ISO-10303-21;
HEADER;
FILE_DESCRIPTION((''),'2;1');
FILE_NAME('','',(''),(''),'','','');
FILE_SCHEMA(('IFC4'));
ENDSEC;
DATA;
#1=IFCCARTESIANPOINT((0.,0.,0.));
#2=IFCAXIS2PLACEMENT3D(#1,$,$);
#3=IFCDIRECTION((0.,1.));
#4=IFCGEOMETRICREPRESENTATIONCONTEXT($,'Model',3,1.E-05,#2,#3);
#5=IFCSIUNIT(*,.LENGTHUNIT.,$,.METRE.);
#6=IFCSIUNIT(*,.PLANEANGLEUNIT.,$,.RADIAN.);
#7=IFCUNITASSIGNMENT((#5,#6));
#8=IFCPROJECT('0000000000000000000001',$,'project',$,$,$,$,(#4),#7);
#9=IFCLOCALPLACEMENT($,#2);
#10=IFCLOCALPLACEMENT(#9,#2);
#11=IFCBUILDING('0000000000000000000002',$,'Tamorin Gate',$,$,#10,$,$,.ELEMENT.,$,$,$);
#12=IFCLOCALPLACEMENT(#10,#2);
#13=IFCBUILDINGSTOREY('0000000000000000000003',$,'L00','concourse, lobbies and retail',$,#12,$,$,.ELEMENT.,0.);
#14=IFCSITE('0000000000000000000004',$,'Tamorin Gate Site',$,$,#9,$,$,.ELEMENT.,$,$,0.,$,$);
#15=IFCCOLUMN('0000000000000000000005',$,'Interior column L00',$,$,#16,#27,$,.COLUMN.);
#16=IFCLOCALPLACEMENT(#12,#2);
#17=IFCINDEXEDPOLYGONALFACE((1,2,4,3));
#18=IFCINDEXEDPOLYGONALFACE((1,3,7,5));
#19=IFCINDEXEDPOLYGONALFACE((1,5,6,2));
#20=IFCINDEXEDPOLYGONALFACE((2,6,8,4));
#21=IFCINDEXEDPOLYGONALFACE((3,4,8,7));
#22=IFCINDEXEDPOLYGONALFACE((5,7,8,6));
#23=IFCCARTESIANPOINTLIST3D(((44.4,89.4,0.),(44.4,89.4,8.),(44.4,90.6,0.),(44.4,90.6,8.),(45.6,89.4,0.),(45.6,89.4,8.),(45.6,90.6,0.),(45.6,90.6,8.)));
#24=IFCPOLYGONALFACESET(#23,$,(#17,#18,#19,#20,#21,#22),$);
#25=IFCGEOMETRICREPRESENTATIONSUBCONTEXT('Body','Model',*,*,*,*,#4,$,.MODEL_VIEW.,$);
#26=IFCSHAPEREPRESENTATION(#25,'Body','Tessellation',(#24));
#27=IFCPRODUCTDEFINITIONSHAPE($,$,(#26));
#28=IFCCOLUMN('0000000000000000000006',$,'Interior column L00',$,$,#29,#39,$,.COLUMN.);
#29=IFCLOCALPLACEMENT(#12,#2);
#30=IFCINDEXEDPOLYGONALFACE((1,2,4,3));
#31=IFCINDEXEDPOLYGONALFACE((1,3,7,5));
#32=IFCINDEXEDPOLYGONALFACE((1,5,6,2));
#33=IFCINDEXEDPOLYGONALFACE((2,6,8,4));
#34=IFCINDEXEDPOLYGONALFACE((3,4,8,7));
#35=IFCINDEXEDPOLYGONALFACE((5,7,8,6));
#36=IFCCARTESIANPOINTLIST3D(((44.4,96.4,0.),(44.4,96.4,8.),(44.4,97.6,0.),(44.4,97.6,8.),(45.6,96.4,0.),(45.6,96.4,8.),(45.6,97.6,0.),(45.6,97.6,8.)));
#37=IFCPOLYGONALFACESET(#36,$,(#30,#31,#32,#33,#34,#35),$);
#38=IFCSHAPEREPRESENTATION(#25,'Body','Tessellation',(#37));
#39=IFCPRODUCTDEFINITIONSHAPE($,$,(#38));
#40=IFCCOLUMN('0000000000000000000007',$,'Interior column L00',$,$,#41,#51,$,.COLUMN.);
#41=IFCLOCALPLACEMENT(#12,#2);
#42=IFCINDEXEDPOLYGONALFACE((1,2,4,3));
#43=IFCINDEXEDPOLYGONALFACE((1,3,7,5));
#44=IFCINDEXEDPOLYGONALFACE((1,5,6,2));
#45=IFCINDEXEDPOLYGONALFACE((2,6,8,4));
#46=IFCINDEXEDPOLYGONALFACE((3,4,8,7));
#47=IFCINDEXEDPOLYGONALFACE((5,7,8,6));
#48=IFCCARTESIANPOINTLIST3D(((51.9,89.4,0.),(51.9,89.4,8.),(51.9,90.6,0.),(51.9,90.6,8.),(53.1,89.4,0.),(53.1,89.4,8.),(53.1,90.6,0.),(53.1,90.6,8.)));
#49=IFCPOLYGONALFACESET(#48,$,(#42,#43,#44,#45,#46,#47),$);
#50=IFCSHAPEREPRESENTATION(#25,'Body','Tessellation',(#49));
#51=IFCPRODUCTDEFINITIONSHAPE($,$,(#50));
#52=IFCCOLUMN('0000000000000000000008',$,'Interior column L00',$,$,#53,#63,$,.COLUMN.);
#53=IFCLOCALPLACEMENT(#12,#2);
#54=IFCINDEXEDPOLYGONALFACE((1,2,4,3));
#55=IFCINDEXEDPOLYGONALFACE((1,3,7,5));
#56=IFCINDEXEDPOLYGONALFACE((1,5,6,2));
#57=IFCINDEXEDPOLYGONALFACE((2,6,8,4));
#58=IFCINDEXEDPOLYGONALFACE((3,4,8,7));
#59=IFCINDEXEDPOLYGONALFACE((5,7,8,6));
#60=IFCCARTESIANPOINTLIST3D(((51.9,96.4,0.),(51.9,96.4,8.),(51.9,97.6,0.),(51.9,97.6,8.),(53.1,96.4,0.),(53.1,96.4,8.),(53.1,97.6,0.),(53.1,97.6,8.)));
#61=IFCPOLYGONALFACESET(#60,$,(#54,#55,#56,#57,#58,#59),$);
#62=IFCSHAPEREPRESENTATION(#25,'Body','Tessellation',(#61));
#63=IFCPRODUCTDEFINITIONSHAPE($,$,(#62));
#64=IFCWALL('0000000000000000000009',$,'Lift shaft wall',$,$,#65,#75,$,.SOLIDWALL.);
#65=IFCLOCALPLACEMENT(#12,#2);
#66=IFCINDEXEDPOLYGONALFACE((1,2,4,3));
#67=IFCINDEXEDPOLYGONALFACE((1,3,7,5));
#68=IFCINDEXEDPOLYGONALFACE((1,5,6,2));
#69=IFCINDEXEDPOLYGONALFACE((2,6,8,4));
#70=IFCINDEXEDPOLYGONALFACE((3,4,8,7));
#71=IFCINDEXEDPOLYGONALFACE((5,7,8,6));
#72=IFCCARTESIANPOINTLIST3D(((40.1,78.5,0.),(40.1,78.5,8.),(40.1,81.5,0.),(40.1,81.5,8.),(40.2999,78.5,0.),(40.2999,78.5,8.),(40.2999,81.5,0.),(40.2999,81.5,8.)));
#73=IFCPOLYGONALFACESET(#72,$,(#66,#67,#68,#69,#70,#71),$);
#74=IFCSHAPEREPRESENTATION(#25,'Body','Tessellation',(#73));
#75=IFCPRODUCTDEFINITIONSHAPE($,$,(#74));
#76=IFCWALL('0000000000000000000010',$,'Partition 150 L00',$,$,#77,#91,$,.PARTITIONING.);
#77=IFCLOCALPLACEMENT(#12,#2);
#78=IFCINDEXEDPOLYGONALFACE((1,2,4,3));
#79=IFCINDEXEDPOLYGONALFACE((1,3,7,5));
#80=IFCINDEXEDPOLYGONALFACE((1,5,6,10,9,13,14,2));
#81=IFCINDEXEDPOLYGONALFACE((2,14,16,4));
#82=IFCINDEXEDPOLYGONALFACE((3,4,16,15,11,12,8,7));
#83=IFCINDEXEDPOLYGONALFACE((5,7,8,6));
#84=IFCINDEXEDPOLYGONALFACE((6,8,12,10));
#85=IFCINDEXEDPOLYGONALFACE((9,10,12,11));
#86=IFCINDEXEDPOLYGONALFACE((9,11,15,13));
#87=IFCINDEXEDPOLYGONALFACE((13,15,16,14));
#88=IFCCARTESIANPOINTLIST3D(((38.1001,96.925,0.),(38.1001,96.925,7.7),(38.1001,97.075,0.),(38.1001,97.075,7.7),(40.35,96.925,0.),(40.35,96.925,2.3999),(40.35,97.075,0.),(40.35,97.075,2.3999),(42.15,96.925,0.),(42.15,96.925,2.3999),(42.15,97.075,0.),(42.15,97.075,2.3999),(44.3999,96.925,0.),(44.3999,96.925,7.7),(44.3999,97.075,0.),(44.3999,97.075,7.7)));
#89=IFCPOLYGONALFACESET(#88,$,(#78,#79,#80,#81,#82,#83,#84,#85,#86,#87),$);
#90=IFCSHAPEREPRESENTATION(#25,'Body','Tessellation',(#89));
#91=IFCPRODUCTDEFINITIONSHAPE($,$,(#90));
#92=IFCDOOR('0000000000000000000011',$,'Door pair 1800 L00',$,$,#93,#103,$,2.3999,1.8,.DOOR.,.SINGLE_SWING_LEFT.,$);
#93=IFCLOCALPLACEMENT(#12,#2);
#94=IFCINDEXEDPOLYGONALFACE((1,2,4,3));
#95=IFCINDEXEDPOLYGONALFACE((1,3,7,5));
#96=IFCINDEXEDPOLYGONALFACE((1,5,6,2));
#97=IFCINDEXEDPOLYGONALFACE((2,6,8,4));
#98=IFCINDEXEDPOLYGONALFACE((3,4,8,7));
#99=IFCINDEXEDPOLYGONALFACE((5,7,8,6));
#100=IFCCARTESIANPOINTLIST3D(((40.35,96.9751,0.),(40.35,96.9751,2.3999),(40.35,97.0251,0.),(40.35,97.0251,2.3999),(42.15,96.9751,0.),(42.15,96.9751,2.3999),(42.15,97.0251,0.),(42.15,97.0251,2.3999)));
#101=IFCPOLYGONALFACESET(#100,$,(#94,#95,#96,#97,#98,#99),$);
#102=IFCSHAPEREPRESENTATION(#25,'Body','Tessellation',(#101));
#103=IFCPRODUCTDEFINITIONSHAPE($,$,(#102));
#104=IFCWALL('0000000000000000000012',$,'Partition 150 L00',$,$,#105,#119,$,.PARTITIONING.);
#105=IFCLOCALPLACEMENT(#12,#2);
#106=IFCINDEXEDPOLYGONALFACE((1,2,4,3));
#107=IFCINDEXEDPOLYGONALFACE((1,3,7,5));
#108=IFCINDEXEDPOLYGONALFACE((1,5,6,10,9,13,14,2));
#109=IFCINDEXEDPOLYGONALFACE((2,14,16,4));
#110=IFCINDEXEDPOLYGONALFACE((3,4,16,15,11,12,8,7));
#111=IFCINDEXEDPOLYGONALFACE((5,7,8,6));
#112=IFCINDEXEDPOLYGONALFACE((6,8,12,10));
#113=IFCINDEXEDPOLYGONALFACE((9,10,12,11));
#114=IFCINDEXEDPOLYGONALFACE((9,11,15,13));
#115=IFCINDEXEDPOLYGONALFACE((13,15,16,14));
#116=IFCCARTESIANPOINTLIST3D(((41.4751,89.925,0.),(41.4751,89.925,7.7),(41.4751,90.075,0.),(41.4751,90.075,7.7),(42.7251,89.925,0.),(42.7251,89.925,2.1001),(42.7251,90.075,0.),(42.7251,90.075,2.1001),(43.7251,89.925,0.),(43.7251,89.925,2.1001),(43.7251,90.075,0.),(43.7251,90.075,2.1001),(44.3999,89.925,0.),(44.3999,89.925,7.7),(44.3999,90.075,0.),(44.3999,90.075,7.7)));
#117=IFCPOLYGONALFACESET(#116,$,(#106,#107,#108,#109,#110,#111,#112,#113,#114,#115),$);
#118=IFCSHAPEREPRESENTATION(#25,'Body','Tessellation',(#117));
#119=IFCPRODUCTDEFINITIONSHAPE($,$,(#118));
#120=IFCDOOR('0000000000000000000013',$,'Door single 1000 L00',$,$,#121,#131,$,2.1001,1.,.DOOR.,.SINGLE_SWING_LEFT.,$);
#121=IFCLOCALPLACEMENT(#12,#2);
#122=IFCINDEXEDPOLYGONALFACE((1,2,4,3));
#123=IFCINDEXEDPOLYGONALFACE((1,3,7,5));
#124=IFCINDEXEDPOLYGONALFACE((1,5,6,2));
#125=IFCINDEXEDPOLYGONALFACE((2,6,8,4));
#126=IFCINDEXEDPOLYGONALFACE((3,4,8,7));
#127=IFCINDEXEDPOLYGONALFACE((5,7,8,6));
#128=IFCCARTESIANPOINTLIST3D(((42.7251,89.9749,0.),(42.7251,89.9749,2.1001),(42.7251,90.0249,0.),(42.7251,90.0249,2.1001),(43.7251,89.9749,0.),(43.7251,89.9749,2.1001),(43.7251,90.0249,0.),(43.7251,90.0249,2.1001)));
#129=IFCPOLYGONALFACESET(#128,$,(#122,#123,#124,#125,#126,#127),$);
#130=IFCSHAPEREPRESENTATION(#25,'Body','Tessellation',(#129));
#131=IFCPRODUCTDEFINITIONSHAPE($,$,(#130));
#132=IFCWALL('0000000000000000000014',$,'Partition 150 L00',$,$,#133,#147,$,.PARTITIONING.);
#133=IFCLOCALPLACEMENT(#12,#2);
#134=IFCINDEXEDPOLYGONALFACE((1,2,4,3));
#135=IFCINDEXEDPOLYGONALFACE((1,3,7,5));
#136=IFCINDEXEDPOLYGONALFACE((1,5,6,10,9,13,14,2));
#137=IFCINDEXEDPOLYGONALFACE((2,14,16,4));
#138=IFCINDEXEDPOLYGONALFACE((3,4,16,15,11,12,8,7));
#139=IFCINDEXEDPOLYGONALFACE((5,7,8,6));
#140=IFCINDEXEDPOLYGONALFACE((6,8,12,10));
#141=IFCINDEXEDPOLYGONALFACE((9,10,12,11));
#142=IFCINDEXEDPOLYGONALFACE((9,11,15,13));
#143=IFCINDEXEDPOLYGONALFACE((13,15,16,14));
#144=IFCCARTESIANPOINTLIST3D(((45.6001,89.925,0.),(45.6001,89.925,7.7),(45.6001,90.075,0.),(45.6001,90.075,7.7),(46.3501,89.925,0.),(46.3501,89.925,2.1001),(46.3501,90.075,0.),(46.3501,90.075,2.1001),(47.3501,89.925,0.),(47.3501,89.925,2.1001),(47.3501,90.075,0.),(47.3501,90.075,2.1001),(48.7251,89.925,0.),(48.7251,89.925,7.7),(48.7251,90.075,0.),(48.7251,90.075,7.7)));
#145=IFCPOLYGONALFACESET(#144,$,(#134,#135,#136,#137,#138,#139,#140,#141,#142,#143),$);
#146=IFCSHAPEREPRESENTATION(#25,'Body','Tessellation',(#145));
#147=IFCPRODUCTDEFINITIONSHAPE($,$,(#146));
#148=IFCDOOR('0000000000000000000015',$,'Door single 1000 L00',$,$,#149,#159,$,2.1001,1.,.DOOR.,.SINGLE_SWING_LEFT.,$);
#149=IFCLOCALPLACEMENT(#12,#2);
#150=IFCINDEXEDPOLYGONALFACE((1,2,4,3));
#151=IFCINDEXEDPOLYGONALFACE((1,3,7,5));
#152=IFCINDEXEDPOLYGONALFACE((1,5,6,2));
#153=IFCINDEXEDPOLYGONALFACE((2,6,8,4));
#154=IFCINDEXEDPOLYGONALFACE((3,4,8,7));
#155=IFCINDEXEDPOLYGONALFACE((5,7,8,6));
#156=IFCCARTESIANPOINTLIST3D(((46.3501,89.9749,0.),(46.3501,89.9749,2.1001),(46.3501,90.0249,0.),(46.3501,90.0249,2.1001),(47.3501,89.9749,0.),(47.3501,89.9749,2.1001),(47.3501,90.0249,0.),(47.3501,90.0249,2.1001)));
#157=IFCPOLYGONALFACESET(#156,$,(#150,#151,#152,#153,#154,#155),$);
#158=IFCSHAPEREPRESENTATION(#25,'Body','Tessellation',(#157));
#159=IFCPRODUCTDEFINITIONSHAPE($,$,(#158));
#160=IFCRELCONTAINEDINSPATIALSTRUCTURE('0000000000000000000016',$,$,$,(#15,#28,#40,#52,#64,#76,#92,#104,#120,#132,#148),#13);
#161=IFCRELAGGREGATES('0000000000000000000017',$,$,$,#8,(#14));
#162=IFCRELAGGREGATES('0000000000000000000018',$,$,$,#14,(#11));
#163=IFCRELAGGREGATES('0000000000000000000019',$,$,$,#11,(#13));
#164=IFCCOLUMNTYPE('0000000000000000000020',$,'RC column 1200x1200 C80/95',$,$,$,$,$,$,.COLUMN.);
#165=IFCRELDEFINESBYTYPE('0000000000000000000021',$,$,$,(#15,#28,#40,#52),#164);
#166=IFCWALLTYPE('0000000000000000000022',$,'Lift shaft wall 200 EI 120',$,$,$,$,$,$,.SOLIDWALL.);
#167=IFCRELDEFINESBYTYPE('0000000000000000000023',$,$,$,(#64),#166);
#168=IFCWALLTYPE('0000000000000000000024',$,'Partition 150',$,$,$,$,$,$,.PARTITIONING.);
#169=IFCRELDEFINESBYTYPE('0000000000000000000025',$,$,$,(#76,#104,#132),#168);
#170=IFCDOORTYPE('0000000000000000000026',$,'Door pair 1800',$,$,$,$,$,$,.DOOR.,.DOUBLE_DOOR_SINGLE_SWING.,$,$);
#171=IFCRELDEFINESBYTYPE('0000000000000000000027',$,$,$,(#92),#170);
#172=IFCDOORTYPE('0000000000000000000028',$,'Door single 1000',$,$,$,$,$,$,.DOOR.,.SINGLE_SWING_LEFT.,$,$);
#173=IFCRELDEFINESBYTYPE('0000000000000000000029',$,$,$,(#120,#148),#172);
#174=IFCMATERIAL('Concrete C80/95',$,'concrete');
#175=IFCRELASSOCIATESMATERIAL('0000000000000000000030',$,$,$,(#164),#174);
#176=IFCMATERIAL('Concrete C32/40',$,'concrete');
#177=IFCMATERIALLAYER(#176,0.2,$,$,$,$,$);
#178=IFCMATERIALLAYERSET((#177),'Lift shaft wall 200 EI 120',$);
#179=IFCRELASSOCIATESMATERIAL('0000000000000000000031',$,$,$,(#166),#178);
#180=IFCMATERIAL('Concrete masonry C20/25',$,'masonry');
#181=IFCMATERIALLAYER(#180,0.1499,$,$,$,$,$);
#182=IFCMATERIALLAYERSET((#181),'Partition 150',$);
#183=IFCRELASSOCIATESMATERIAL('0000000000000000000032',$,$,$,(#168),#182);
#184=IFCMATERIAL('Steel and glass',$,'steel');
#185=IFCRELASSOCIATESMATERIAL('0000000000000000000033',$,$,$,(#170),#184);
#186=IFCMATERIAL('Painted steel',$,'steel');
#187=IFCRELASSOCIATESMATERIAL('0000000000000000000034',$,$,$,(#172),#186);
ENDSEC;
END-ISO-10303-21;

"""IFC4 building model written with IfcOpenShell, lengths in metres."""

from ifc_helpers import new_model, si_unit, direction, frame, frame_2d, origin, origin_2d, place, context, subcontext, project, spatial, rectangle, extrude, material, layer, layer_set, material_profile, profile_set, type_object, element, fill, save


model = new_model("IFC4")

# Units and contexts
model_context = context("Model", 3, precision=1e-05, world=origin(), true_north=direction((0.0, 1.0)))
body_context = subcontext(model_context, "Body", "Model", "MODEL_VIEW")
ifc_project = project(units=[si_unit("LENGTHUNIT", "METRE"), si_unit("PLANEANGLEUNIT", "RADIAN")], contexts=[model_context])

# Site, building, storey
site_placement = place(None, origin())
site = spatial("IfcSite", under=ifc_project, at=site_placement, Name="Tamorin Gate Site", CompositionType="ELEMENT", RefElevation=0.0)
building_placement = place(site_placement, origin())
building = spatial("IfcBuilding", under=site, at=building_placement, Name="Tamorin Gate", CompositionType="ELEMENT")
storey_placement = place(building_placement, origin())
storey = spatial("IfcBuildingStorey", under=building, at=storey_placement, Name="L00", Description="concourse, lobbies and retail", CompositionType="ELEMENT", Elevation=0.0)

# Columns
ifc_material_1 = material(Name="Concrete C80/95", Category="concrete")
ifc_material_profile = material_profile(ifc_material_1, rectangle(XDim=1.2, YDim=1.2, at=origin_2d()), Name="RC 1200x1200")
ifc_profile_set = profile_set([ifc_material_profile], Name="Concrete C80/95")
column_type = type_object("IfcColumnType", Name="RC column 1200x1200 C80/95", PredefinedType="COLUMN", material=ifc_profile_set)
for number, where, z_axis, x_axis, name in (
    (1, (45.0, 90.0, 0.0), (0.0, 0.0, 1.0), (1.0, 0.0, 0.0), "Interior column L00"),
    (2, (45.0, 97.0, 0.0), (0.0, 0.0, 1.0), (1.0, 0.0, 0.0), "Interior column L00"),
    (3, (52.5, 90.0, 0.0), (0.0, 0.0, 1.0), (1.0, 0.0, 0.0), "Interior column L00"),
    (4, (52.5, 97.0, 0.0), (0.0, 0.0, 1.0), (1.0, 0.0, 0.0), "Interior column L00"),
):
    element("IfcColumn", number, at=place(storey_placement, frame(where, z_axis=z_axis, x_axis=x_axis)), inside=storey, type_object=column_type, Name=name, PredefinedType="COLUMN", context=body_context, shape_type="SweptSolid", body=[
        extrude(rectangle(XDim=1.2, YDim=1.2, at=origin_2d()), origin(), (0.0, 0.0, 1.0), 8.0),
    ])

# Wall
ifc_material_2 = material(Name="Concrete C32/40", Category="concrete")
ifc_layer_1 = layer(ifc_material_2, 0.2)
ifc_layer_set_1 = layer_set([ifc_layer_1], Name="Lift shaft wall 200 EI 120")
wall_type_1 = type_object("IfcWallType", Name="Lift shaft wall 200 EI 120", PredefinedType="SOLIDWALL", material=ifc_layer_set_1)
wall_1_placement = place(storey_placement, frame((40.2, 78.5, 0.0), z_axis=(0.0, 0.0, 1.0), x_axis=(0.0, 1.0, 0.0)))
element("IfcWall", 5, at=wall_1_placement, inside=storey, type_object=wall_type_1, Name="Lift shaft wall", PredefinedType="SOLIDWALL", context=body_context, shape_type="SweptSolid", body=[
    extrude(rectangle(XDim=3.0, YDim=0.2, at=frame_2d((1.5, 0.0))), origin(), (0.0, 0.0, 1.0), 8.0),
])

# Walls, openings, doors
ifc_material_3 = material(Name="Concrete masonry C20/25", Category="masonry")
ifc_layer_2 = layer(ifc_material_3, 0.1499)
ifc_layer_set_2 = layer_set([ifc_layer_2], Name="Partition 150")
wall_type_2 = type_object("IfcWallType", Name="Partition 150", PredefinedType="PARTITIONING", material=ifc_layer_set_2)
wall_2_placement = place(storey_placement, frame((44.3999, 97.0, 0.0), z_axis=(0.0, 0.0, 1.0), x_axis=(-1.0, 0.0, 0.0)))
wall_2 = element("IfcWall", 6, at=wall_2_placement, inside=storey, type_object=wall_type_2, Name="Partition 150 L00", PredefinedType="PARTITIONING", context=body_context, shape_type="SweptSolid", body=[
    extrude(rectangle(XDim=6.2998, YDim=0.1499, at=frame_2d((3.1499, 0.0))), origin(), (0.0, 0.0, 1.0), 7.7),
])
opening_1_placement = place(wall_2_placement, frame((2.25, 0.0, 0.0)))
opening_1 = element("IfcOpeningElement", 7, at=opening_1_placement, cuts=wall_2, PredefinedType="OPENING", context=body_context, shape_type="SweptSolid", body=[
    extrude(rectangle(XDim=1.8, YDim=2.3999, at=frame_2d((0.8999, 1.2))), frame((0.0, 0.085, 0.0), z_axis=(0.0, -1.0, 0.0), x_axis=(1.0, 0.0, 0.0)), (0.0, 0.0, 1.0), 0.1699),
])
ifc_material_4 = material(Name="Steel and glass", Category="steel")
door_type_1 = type_object("IfcDoorType", Name="Door pair 1800", OperationType="DOUBLE_DOOR_SINGLE_SWING", PredefinedType="DOOR", material=ifc_material_4)
door_1_placement = place(opening_1_placement, origin())
door_1 = element("IfcDoor", 8, at=door_1_placement, inside=storey, type_object=door_type_1, Name="Door pair 1800 L00", OperationType="SINGLE_SWING_LEFT", OverallHeight=2.3999, OverallWidth=1.8, PredefinedType="DOOR", context=body_context, shape_type="SweptSolid", body=[
    extrude(rectangle(XDim=1.8, YDim=2.3999, at=frame_2d((0.8999, 1.2))), frame((0.0, 0.0249, 0.0), z_axis=(0.0, -1.0, 0.0), x_axis=(1.0, 0.0, 0.0)), (0.0, 0.0, 1.0), 0.05),
])
fill(opening_1, door_1)
wall_3_placement = place(storey_placement, frame((41.4751, 90.0, 0.0), z_axis=(0.0, 0.0, 1.0), x_axis=(1.0, 0.0, 0.0)))
wall_3 = element("IfcWall", 9, at=wall_3_placement, inside=storey, type_object=wall_type_2, Name="Partition 150 L00", PredefinedType="PARTITIONING", context=body_context, shape_type="SweptSolid", body=[
    extrude(rectangle(XDim=2.9248, YDim=0.1499, at=frame_2d((1.4624, 0.0))), origin(), (0.0, 0.0, 1.0), 7.7),
])
opening_2_placement = place(wall_3_placement, frame((1.25, 0.0, 0.0)))
opening_2 = element("IfcOpeningElement", 10, at=opening_2_placement, cuts=wall_3, PredefinedType="OPENING", context=body_context, shape_type="SweptSolid", body=[
    extrude(rectangle(XDim=1.0, YDim=2.1001, at=frame_2d((0.5, 1.05))), frame((0.0, 0.085, 0.0), z_axis=(0.0, -1.0, 0.0), x_axis=(1.0, 0.0, 0.0)), (0.0, 0.0, 1.0), 0.1699),
])
ifc_material_5 = material(Name="Painted steel", Category="steel")
door_type_2 = type_object("IfcDoorType", Name="Door single 1000", OperationType="SINGLE_SWING_LEFT", PredefinedType="DOOR", material=ifc_material_5)
door_2_placement = place(opening_2_placement, origin())
door_2 = element("IfcDoor", 11, at=door_2_placement, inside=storey, type_object=door_type_2, Name="Door single 1000 L00", OperationType="SINGLE_SWING_LEFT", OverallHeight=2.1001, OverallWidth=1.0, PredefinedType="DOOR", context=body_context, shape_type="SweptSolid", body=[
    extrude(rectangle(XDim=1.0, YDim=2.1001, at=frame_2d((0.5, 1.05))), frame((0.0, 0.0249, 0.0), z_axis=(0.0, -1.0, 0.0), x_axis=(1.0, 0.0, 0.0)), (0.0, 0.0, 1.0), 0.05),
])
fill(opening_2, door_2)
wall_4_placement = place(storey_placement, frame((45.6001, 90.0, 0.0), z_axis=(0.0, 0.0, 1.0), x_axis=(1.0, 0.0, 0.0)))
wall_4 = element("IfcWall", 12, at=wall_4_placement, inside=storey, type_object=wall_type_2, Name="Partition 150 L00", PredefinedType="PARTITIONING", context=body_context, shape_type="SweptSolid", body=[
    extrude(rectangle(XDim=3.125, YDim=0.1499, at=frame_2d((1.5625, 0.0))), origin(), (0.0, 0.0, 1.0), 7.7),
])
opening_3_placement = place(wall_4_placement, frame((0.75, 0.0, 0.0)))
opening_3 = element("IfcOpeningElement", 13, at=opening_3_placement, cuts=wall_4, PredefinedType="OPENING", context=body_context, shape_type="SweptSolid", body=[
    extrude(rectangle(XDim=1.0, YDim=2.1001, at=frame_2d((0.5, 1.05))), frame((0.0, 0.085, 0.0), z_axis=(0.0, -1.0, 0.0), x_axis=(1.0, 0.0, 0.0)), (0.0, 0.0, 1.0), 0.1699),
])
door_3_placement = place(opening_3_placement, origin())
door_3 = element("IfcDoor", 14, at=door_3_placement, inside=storey, type_object=door_type_2, Name="Door single 1000 L00", OperationType="SINGLE_SWING_LEFT", OverallHeight=2.1001, OverallWidth=1.0, PredefinedType="DOOR", context=body_context, shape_type="SweptSolid", body=[
    extrude(rectangle(XDim=1.0, YDim=2.1001, at=frame_2d((0.5, 1.05))), frame((0.0, 0.0249, 0.0), z_axis=(0.0, -1.0, 0.0), x_axis=(1.0, 0.0, 0.0)), (0.0, 0.0, 1.0), 0.05),
])
fill(opening_3, door_3)

save(model, "model.ifc")
